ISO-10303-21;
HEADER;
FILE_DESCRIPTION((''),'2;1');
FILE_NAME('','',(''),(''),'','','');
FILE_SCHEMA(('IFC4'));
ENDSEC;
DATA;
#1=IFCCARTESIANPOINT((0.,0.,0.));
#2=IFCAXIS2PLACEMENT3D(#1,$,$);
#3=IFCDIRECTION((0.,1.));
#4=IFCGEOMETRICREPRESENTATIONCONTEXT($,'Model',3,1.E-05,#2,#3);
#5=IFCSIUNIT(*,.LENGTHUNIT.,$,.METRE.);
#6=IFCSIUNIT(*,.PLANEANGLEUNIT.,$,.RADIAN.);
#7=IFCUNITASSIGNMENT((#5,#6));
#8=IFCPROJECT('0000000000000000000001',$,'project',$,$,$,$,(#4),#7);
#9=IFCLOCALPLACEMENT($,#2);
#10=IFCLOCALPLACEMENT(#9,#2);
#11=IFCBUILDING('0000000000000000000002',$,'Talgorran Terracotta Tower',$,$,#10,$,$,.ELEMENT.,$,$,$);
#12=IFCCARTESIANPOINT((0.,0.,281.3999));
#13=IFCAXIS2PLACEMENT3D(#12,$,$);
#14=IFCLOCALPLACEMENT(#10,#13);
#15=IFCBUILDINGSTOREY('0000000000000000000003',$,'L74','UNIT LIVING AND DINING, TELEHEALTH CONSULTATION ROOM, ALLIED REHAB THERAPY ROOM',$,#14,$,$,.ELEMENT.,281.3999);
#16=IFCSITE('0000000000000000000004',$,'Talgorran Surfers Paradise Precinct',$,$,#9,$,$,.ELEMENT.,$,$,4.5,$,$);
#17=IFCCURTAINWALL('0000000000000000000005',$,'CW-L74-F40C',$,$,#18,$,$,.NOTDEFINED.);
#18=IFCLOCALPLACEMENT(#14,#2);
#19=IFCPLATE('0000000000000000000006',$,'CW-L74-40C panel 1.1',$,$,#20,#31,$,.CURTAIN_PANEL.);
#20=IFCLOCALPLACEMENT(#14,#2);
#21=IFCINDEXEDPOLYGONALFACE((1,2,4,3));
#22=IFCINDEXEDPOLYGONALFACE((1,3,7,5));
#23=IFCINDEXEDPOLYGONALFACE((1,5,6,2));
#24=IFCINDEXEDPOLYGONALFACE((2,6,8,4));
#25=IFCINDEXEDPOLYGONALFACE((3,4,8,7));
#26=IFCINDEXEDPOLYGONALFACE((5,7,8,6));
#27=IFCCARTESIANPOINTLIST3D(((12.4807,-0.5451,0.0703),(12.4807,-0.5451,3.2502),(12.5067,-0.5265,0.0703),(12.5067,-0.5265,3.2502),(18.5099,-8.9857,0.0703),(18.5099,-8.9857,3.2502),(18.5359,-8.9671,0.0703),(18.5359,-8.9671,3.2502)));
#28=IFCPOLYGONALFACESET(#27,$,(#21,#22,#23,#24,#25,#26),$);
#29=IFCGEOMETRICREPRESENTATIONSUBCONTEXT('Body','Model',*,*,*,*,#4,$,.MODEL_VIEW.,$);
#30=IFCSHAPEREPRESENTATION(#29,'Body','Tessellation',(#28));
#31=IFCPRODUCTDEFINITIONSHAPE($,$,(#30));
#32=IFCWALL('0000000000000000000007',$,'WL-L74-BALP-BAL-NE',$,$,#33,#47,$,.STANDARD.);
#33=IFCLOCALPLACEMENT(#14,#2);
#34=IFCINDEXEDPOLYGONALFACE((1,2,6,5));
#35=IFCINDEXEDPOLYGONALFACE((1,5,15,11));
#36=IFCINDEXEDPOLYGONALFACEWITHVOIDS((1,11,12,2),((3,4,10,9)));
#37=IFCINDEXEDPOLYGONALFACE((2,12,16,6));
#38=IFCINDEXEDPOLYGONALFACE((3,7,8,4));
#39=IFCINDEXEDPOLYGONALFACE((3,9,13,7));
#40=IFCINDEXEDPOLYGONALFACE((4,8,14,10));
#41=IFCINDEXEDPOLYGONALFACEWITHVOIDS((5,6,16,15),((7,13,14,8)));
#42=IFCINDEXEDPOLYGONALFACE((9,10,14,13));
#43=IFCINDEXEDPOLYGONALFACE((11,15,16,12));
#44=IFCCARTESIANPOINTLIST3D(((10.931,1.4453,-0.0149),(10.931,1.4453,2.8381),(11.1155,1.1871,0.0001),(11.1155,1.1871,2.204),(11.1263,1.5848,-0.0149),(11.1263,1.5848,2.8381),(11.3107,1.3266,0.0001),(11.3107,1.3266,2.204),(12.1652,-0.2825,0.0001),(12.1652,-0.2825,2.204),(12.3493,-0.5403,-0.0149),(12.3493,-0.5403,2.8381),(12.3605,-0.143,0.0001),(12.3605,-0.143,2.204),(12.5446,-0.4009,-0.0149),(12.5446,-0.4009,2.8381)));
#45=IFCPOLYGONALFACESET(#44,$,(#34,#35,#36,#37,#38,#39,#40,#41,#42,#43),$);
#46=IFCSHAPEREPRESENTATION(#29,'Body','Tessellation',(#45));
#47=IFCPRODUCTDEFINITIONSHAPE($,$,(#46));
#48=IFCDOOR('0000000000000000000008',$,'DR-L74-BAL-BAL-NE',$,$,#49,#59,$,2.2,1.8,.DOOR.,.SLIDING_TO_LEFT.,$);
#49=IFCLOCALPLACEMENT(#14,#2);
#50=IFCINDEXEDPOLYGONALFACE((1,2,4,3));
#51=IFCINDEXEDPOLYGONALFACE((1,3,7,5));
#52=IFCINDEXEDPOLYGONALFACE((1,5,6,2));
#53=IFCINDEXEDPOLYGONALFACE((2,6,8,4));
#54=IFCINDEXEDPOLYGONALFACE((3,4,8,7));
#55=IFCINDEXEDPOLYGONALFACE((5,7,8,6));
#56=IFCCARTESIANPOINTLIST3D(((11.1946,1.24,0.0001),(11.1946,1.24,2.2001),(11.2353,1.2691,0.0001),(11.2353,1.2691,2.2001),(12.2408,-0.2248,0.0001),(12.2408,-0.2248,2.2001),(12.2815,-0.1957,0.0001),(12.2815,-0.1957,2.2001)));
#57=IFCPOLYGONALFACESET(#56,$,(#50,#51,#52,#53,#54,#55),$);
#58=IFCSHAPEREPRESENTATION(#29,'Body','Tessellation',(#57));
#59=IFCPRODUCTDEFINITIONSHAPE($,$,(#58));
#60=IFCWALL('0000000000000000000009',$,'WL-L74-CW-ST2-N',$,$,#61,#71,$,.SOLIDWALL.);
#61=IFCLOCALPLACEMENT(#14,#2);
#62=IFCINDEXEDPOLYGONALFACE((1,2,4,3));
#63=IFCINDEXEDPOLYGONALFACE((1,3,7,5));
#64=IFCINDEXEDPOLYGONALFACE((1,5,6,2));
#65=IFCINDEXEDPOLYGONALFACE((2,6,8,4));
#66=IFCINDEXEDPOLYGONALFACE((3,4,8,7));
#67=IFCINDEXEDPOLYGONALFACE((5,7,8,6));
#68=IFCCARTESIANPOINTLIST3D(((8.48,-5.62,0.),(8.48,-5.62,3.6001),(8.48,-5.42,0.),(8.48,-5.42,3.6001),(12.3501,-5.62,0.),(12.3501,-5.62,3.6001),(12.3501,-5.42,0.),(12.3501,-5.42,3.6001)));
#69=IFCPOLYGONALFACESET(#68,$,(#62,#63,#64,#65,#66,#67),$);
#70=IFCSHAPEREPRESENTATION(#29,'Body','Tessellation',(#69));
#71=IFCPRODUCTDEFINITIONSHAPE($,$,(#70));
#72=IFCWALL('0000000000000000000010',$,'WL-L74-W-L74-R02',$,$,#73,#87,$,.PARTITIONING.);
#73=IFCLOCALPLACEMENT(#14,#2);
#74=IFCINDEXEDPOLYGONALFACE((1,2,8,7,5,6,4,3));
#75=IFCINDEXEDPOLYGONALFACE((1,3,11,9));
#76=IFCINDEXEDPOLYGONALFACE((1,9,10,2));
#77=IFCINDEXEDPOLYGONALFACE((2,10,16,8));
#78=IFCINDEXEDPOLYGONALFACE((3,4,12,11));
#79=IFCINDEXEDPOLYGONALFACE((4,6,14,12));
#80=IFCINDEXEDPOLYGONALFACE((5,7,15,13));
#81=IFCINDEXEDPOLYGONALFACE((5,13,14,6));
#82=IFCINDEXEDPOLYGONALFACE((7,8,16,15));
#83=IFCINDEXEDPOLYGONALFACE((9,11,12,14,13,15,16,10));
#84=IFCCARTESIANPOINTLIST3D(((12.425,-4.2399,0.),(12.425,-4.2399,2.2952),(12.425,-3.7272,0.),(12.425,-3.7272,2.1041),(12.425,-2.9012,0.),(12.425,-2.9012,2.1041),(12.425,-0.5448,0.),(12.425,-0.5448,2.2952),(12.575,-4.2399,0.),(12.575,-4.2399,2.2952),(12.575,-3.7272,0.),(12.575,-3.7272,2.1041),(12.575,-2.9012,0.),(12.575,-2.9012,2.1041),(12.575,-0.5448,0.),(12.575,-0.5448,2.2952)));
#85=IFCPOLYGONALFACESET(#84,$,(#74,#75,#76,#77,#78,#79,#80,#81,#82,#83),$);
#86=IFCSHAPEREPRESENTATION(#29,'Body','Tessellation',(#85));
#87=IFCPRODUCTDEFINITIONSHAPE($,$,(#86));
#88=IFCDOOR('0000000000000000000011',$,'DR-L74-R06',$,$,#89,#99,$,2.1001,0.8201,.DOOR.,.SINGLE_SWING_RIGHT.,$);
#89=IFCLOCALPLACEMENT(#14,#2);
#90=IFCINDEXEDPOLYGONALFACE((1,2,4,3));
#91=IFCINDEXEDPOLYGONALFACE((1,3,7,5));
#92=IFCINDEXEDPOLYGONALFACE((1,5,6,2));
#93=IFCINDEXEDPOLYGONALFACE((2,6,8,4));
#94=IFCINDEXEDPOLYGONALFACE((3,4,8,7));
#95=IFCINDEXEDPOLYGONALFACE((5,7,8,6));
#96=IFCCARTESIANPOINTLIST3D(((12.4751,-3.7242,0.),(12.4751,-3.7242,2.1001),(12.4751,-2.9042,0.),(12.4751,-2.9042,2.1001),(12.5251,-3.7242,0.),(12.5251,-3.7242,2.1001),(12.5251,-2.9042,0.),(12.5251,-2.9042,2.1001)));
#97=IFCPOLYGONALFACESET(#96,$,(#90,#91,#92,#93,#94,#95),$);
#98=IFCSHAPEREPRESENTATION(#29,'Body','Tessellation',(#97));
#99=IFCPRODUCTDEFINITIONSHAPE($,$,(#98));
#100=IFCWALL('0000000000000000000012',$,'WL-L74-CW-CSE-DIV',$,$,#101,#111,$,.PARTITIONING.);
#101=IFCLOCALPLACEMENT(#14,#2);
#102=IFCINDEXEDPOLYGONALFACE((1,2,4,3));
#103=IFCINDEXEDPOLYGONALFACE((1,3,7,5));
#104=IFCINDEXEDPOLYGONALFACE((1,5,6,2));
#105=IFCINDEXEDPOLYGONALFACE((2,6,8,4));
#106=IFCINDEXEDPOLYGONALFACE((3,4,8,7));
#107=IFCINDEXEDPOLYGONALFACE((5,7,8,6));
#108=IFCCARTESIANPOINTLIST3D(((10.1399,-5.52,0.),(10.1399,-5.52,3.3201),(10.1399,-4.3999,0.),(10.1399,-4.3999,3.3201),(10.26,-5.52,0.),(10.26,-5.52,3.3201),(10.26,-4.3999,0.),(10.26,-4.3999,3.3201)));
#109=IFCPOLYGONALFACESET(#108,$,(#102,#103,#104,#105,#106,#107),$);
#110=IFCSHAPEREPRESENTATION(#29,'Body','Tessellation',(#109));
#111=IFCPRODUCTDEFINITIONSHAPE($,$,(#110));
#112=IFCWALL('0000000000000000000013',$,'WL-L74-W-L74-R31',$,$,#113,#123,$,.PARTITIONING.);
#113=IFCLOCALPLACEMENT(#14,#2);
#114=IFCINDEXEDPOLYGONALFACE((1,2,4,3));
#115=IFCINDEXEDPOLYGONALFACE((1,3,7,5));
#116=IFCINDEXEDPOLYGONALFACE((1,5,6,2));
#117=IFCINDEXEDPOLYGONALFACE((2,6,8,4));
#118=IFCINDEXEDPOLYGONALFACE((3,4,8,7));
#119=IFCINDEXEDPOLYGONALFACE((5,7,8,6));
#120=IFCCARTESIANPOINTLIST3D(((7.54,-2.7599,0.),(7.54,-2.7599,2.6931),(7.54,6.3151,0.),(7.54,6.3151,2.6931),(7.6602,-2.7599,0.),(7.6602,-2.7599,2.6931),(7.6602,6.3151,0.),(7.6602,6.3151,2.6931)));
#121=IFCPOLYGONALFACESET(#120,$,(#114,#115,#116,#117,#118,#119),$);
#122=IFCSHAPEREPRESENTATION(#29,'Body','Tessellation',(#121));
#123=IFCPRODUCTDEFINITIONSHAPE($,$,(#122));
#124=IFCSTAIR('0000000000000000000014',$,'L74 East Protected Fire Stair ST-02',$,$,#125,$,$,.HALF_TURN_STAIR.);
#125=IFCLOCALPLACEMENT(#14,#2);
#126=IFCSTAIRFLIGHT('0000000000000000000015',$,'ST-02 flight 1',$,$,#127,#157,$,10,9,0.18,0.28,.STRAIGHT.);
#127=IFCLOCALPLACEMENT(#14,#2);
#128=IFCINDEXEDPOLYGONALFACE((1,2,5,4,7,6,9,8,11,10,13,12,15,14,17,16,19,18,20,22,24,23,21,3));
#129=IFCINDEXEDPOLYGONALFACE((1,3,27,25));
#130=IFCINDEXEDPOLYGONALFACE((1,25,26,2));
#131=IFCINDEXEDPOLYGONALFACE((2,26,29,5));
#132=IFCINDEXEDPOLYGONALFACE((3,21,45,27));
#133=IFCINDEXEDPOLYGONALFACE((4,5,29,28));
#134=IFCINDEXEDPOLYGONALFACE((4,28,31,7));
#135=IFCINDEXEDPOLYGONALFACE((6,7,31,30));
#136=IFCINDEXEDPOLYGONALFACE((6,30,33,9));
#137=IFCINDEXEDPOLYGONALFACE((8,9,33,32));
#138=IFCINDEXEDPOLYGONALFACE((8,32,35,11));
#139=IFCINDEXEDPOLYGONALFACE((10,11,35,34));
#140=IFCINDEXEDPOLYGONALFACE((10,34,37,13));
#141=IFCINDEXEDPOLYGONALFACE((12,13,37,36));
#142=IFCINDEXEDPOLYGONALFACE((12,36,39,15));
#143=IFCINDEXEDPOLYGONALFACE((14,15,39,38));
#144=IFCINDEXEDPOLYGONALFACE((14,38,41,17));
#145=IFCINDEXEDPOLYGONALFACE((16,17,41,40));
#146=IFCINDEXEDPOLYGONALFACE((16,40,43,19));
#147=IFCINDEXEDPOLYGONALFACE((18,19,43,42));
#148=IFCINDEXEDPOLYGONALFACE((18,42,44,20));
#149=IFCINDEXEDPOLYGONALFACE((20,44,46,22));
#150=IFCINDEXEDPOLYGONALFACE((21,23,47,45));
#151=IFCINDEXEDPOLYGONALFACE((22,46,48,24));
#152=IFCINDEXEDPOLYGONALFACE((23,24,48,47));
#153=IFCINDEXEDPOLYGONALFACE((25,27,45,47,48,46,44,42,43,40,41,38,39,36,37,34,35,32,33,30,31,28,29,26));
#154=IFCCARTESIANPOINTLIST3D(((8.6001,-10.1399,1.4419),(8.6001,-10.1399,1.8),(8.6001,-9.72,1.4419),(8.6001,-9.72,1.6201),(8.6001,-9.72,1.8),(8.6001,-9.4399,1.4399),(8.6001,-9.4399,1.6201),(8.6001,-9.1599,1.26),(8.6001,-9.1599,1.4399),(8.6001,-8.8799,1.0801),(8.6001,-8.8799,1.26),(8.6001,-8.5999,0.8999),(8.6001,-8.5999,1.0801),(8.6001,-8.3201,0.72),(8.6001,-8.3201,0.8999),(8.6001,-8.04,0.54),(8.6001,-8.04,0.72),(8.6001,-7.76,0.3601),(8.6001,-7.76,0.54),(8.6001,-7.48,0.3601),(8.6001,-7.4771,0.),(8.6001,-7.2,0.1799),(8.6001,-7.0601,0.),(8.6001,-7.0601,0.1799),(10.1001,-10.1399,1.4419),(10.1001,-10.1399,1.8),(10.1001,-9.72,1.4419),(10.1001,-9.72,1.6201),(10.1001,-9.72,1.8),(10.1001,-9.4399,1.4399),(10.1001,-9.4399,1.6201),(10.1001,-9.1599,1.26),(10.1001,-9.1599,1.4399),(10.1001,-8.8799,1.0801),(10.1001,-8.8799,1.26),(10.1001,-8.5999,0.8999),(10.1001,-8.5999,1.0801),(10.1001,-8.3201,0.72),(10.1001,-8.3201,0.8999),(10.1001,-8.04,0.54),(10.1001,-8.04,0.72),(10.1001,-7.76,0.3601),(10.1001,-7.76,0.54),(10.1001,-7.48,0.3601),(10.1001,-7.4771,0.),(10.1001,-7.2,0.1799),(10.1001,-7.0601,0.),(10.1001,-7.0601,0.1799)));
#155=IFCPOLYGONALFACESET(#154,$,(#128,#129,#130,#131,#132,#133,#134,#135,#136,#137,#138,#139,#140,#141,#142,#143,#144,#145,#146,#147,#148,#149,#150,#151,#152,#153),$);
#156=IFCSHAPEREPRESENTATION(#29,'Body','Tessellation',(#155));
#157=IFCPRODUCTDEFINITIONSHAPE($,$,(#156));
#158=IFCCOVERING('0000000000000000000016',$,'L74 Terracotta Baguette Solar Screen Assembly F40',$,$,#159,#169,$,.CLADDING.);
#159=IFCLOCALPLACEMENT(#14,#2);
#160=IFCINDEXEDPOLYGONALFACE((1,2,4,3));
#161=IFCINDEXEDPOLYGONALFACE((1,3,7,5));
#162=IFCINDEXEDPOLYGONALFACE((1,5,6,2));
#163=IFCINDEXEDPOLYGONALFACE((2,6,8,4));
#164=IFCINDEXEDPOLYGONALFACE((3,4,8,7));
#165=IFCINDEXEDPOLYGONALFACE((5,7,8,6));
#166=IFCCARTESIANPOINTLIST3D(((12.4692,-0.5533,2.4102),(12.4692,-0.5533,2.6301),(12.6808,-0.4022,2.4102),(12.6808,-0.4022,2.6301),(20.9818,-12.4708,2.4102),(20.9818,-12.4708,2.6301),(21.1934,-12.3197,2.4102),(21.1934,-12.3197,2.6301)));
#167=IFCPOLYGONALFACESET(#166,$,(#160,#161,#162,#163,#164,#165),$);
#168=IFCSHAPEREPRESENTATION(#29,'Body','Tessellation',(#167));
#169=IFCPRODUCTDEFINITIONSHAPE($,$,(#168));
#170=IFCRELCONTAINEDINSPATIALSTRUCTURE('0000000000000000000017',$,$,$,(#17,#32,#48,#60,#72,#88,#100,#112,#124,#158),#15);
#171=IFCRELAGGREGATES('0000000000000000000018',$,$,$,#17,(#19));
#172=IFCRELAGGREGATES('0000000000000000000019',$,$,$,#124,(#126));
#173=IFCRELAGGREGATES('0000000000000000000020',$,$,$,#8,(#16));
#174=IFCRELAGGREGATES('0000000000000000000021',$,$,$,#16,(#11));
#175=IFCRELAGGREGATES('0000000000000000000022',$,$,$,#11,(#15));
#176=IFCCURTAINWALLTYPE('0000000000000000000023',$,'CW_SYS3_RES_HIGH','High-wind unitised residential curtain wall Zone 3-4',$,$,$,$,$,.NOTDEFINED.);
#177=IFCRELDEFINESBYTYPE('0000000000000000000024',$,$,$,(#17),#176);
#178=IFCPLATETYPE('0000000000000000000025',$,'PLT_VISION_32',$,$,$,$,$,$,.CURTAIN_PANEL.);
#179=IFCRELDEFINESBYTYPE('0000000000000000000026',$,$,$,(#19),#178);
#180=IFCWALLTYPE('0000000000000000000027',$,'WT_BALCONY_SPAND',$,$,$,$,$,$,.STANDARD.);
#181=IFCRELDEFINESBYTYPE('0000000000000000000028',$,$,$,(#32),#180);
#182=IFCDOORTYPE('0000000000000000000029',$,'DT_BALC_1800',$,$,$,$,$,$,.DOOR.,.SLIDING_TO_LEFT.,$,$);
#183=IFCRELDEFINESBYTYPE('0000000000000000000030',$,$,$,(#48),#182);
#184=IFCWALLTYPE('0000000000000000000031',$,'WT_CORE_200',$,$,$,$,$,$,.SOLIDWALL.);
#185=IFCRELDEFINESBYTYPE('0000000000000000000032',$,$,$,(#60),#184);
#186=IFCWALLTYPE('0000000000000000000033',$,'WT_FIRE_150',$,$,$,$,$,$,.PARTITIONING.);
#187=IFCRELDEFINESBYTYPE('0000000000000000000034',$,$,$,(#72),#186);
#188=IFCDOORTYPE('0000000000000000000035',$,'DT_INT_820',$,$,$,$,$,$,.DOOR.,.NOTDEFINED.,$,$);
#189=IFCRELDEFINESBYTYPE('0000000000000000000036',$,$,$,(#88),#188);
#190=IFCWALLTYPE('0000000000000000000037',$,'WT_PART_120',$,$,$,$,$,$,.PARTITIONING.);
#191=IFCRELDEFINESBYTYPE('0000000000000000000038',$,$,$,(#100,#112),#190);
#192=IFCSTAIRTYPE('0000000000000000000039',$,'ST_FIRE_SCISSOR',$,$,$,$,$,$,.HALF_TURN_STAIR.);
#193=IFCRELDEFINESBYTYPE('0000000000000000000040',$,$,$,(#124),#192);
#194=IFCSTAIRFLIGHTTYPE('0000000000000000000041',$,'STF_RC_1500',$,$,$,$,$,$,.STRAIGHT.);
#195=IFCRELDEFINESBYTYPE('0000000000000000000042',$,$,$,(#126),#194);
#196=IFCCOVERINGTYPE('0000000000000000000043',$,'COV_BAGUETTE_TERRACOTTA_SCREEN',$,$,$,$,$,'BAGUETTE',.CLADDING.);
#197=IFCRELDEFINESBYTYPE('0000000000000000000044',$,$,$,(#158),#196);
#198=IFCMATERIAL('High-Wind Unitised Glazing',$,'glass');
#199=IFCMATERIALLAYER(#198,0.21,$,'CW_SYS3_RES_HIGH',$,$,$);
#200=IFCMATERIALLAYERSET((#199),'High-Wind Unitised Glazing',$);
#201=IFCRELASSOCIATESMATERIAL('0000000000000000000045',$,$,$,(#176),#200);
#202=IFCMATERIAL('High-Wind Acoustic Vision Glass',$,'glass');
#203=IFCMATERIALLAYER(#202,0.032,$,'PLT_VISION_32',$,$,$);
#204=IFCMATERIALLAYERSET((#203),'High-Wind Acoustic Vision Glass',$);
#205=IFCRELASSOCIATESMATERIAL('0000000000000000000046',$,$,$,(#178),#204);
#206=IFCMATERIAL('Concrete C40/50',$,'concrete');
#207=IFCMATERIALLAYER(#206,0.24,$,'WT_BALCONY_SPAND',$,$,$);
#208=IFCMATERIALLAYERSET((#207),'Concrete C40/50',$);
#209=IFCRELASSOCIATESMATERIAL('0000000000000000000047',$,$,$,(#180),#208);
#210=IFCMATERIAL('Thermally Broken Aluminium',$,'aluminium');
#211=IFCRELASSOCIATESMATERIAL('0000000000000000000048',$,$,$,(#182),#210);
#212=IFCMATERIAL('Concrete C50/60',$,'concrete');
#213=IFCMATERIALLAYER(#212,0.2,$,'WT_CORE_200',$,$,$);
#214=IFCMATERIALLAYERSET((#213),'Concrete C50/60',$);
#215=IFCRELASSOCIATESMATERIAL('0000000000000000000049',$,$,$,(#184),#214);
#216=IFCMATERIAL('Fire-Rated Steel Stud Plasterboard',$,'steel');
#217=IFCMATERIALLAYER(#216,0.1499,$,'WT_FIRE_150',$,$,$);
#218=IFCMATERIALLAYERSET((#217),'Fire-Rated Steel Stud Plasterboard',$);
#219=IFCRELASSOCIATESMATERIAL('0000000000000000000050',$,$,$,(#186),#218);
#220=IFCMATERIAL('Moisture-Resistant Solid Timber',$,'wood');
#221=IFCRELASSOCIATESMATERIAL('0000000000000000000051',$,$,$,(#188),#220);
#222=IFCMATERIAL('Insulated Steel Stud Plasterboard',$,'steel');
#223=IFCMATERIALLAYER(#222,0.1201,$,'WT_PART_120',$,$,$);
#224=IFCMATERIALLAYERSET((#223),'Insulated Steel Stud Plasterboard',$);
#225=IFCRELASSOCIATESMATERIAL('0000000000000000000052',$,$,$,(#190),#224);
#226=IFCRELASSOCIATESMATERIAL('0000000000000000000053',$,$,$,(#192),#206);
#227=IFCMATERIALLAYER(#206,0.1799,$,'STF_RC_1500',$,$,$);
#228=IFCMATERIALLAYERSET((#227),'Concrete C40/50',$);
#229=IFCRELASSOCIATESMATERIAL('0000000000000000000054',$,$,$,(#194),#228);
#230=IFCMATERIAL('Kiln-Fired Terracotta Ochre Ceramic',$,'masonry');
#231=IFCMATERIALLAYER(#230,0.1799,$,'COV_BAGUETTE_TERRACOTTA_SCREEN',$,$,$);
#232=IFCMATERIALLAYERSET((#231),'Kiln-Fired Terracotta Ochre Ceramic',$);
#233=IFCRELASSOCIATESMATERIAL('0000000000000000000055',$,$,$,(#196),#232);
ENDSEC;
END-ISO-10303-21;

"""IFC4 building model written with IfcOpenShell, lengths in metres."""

from ifc_helpers import new_model, si_unit, direction, frame, frame_2d, origin, origin_2d, place, context, subcontext, project, spatial, polyline, rectangle, outline, extrude, source, transform, mapped, material, layer, layer_set, type_object, type_shapes, element, fill, aggregate, save


model = new_model("IFC4")

# Units and contexts
model_context = context("Model", 3, precision=1e-05, world=origin(), true_north=direction((0.0, 1.0)))
body_context = subcontext(model_context, "Body", "Model", "MODEL_VIEW")
ifc_project = project(units=[si_unit("LENGTHUNIT", "METRE"), si_unit("PLANEANGLEUNIT", "RADIAN")], contexts=[model_context])

# Site, building, storey
site_placement = place(None, origin())
site = spatial("IfcSite", under=ifc_project, at=site_placement, Name="Talgorran Surfers Paradise Precinct", CompositionType="ELEMENT", RefElevation=4.5)
building_placement = place(site_placement, origin())
building = spatial("IfcBuilding", under=site, at=building_placement, Name="Talgorran Terracotta Tower", CompositionType="ELEMENT")
storey_placement = place(building_placement, frame((0.0, 0.0, 281.3999)))
storey = spatial("IfcBuildingStorey", under=building, at=storey_placement, Name="L74", Description="UNIT LIVING AND DINING, TELEHEALTH CONSULTATION ROOM, ALLIED REHAB THERAPY ROOM", CompositionType="ELEMENT", Elevation=281.3999)

# Curtain wall
ifc_material_1 = material(Name="High-Wind Unitised Glazing", Category="glass")
ifc_layer_1 = layer(ifc_material_1, 0.21, Name="CW_SYS3_RES_HIGH")
ifc_layer_set_1 = layer_set([ifc_layer_1], Name="High-Wind Unitised Glazing")
curtain_wall_type = type_object("IfcCurtainWallType", Name="CW_SYS3_RES_HIGH", Description="High-wind unitised residential curtain wall Zone 3-4", PredefinedType="NOTDEFINED", material=ifc_layer_set_1)
curtain_wall_1_placement = place(storey_placement, origin())
curtain_wall_1 = element("IfcCurtainWall", 1, at=curtain_wall_1_placement, inside=storey, type_object=curtain_wall_type, Name="CW-L74-F40C", PredefinedType="NOTDEFINED")

# Plate
ifc_material_2 = material(Name="High-Wind Acoustic Vision Glass", Category="glass")
ifc_layer_2 = layer(ifc_material_2, 0.032, Name="PLT_VISION_32")
ifc_layer_set_2 = layer_set([ifc_layer_2], Name="High-Wind Acoustic Vision Glass")
plate_type = type_object("IfcPlateType", Name="PLT_VISION_32", PredefinedType="CURTAIN_PANEL", material=ifc_layer_set_2)
shared_shape = source(origin(), body_context, "Body", "SweptSolid", [
    extrude(rectangle(XDim=10.3728, YDim=0.032, at=origin_2d()), origin(), (0.0, 0.0, 1.0), 3.1799),
])
type_shapes(plate_type, [shared_shape])
plate_placement = place(storey_placement, frame((15.5083, -4.7561, 0.0703), z_axis=(0.0, 0.0, 1.0), x_axis=(-0.581249, 0.813726, 0.0)))
plate = element("IfcPlate", 2, at=plate_placement, type_object=plate_type, Name="CW-L74-40C panel 1.1", PredefinedType="CURTAIN_PANEL", context=body_context, shape_type="MappedRepresentation", body=[
    mapped(shared_shape, transform((0.0, 0.0, 0.0), scale=1.0)),
])
aggregate(curtain_wall_1, [plate])

# Wall, opening, door
ifc_material_3 = material(Name="Concrete C40/50", Category="concrete")
ifc_layer_3 = layer(ifc_material_3, 0.24, Name="WT_BALCONY_SPAND")
ifc_layer_set_3 = layer_set([ifc_layer_3], Name="Concrete C40/50")
wall_type_1 = type_object("IfcWallType", Name="WT_BALCONY_SPAND", PredefinedType="STANDARD", material=ifc_layer_set_3)
wall_1_placement = place(storey_placement, frame((12.447, -0.4707, -0.0149), z_axis=(0.0, 0.0, 1.0), x_axis=(-0.581219, 0.813747, 0.0)))
wall_1 = element("IfcWall", 3, at=wall_1_placement, inside=storey, type_object=wall_type_1, Name="WL-L74-BALP-BAL-NE", PredefinedType="STANDARD", context=body_context, shape_type="SweptSolid", body=[
    extrude(rectangle(XDim=2.4402, YDim=0.24, at=frame_2d((1.2202, 0.0))), origin(), (0.0, 0.0, 1.0), 2.853),
])
opening_1_placement = place(wall_1_placement, frame((0.3201, 0.0, 0.0149)))
opening_1 = element("IfcOpeningElement", 4, at=opening_1_placement, cuts=wall_1, PredefinedType="OPENING", context=body_context, shape_type="SweptSolid", body=[
    extrude(rectangle(XDim=1.806, YDim=2.204, at=frame_2d((0.8999, 1.1021))), frame((0.0, 0.1299, 0.0), z_axis=(0.0, -1.0, 0.0), x_axis=(1.0, 0.0, 0.0)), (0.0, 0.0, 1.0), 0.26),
])
ifc_material_4 = material(Name="Thermally Broken Aluminium", Category="aluminium")
door_type_1 = type_object("IfcDoorType", Name="DT_BALC_1800", OperationType="SLIDING_TO_LEFT", PredefinedType="DOOR", material=ifc_material_4)
door_1_placement = place(opening_1_placement, origin())
door_1 = element("IfcDoor", 5, at=door_1_placement, inside=storey, type_object=door_type_1, Name="DR-L74-BAL-BAL-NE", OperationType="SLIDING_TO_LEFT", OverallHeight=2.2, OverallWidth=1.8, PredefinedType="DOOR", context=body_context, shape_type="SweptSolid", body=[
    extrude(rectangle(XDim=1.8, YDim=2.2, at=frame_2d((0.8999, 1.1001))), frame((0.0, 0.0249, 0.0), z_axis=(0.0, -1.0, 0.0), x_axis=(1.0, 0.0, 0.0)), (0.0, 0.0, 1.0), 0.05),
])
fill(opening_1, door_1)

# Wall
ifc_material_5 = material(Name="Concrete C50/60", Category="concrete")
ifc_layer_4 = layer(ifc_material_5, 0.2, Name="WT_CORE_200")
ifc_layer_set_4 = layer_set([ifc_layer_4], Name="Concrete C50/60")
wall_type_2 = type_object("IfcWallType", Name="WT_CORE_200", PredefinedType="SOLIDWALL", material=ifc_layer_set_4)
wall_2_placement = place(storey_placement, frame((8.48, -5.52, 0.0), z_axis=(0.0, 0.0, 1.0), x_axis=(1.0, 0.0, 0.0)))
element("IfcWall", 6, at=wall_2_placement, inside=storey, type_object=wall_type_2, Name="WL-L74-CW-ST2-N", PredefinedType="SOLIDWALL", context=body_context, shape_type="SweptSolid", body=[
    extrude(rectangle(XDim=3.8701, YDim=0.2, at=frame_2d((1.9351, 0.0))), origin(), (0.0, 0.0, 1.0), 3.6001),
])

# Wall, opening, door
ifc_material_6 = material(Name="Fire-Rated Steel Stud Plasterboard", Category="steel")
ifc_layer_5 = layer(ifc_material_6, 0.1499, Name="WT_FIRE_150")
ifc_layer_set_5 = layer_set([ifc_layer_5], Name="Fire-Rated Steel Stud Plasterboard")
wall_type_3 = type_object("IfcWallType", Name="WT_FIRE_150", PredefinedType="PARTITIONING", material=ifc_layer_set_5)
wall_3_placement = place(storey_placement, frame((12.5, -4.24, 0.0), z_axis=(0.0, 0.0, 1.0), x_axis=(0.0, 1.0, 0.0)))
wall_3 = element("IfcWall", 7, at=wall_3_placement, inside=storey, type_object=wall_type_3, Name="WL-L74-W-L74-R02", PredefinedType="PARTITIONING", context=body_context, shape_type="SweptSolid", body=[
    extrude(rectangle(XDim=3.6951, YDim=0.1499, at=frame_2d((1.8477, 0.0))), origin(), (0.0, 0.0, 1.0), 2.2952),
])
opening_2_placement = place(wall_3_placement, frame((0.5156, 0.0, 0.0)))
opening_2 = element("IfcOpeningElement", 8, at=opening_2_placement, cuts=wall_3, PredefinedType="OPENING", context=body_context, shape_type="SweptSolid", body=[
    extrude(rectangle(XDim=0.8261, YDim=2.1041, at=frame_2d((0.4102, 1.052))), frame((0.0, 0.085, 0.0), z_axis=(0.0, -1.0, 0.0), x_axis=(1.0, 0.0, 0.0)), (0.0, 0.0, 1.0), 0.1699),
])
ifc_material_7 = material(Name="Moisture-Resistant Solid Timber", Category="wood")
door_type_2 = type_object("IfcDoorType", Name="DT_INT_820", OperationType="NOTDEFINED", PredefinedType="DOOR", material=ifc_material_7)
door_2_placement = place(opening_2_placement, origin())
door_2 = element("IfcDoor", 9, at=door_2_placement, inside=storey, type_object=door_type_2, Name="DR-L74-R06", OperationType="SINGLE_SWING_RIGHT", OverallHeight=2.1001, OverallWidth=0.8201, PredefinedType="DOOR", context=body_context, shape_type="SweptSolid", body=[
    extrude(rectangle(XDim=0.8201, YDim=2.1001, at=frame_2d((0.4102, 1.05))), frame((0.0, 0.0249, 0.0), z_axis=(0.0, -1.0, 0.0), x_axis=(1.0, 0.0, 0.0)), (0.0, 0.0, 1.0), 0.05),
])
fill(opening_2, door_2)

# Walls
ifc_material_8 = material(Name="Insulated Steel Stud Plasterboard", Category="steel")
ifc_layer_6 = layer(ifc_material_8, 0.1201, Name="WT_PART_120")
ifc_layer_set_6 = layer_set([ifc_layer_6], Name="Insulated Steel Stud Plasterboard")
wall_type_4 = type_object("IfcWallType", Name="WT_PART_120", PredefinedType="PARTITIONING", material=ifc_layer_set_6)
wall_4_placement = place(storey_placement, frame((10.2, -5.52, 0.0), z_axis=(0.0, 0.0, 1.0), x_axis=(0.0, 1.0, 0.0)))
element("IfcWall", 10, at=wall_4_placement, inside=storey, type_object=wall_type_4, Name="WL-L74-CW-CSE-DIV", PredefinedType="PARTITIONING", context=body_context, shape_type="SweptSolid", body=[
    extrude(rectangle(XDim=1.1201, YDim=0.1201, at=frame_2d((0.5601, 0.0))), origin(), (0.0, 0.0, 1.0), 3.3201),
])
wall_5_placement = place(storey_placement, frame((7.6001, -2.76, 0.0), z_axis=(0.0, 0.0, 1.0), x_axis=(0.0, 1.0, 0.0)))
element("IfcWall", 11, at=wall_5_placement, inside=storey, type_object=wall_type_4, Name="WL-L74-W-L74-R31", PredefinedType="PARTITIONING", context=body_context, shape_type="SweptSolid", body=[
    extrude(rectangle(XDim=9.075, YDim=0.1201, at=frame_2d((4.5376, 0.0))), origin(), (0.0, 0.0, 1.0), 2.6931),
])

# Stair, stair flight
stair_type = type_object("IfcStairType", Name="ST_FIRE_SCISSOR", PredefinedType="HALF_TURN_STAIR", material=ifc_material_3)
stair_placement = place(storey_placement, origin())
stair = element("IfcStair", 12, at=stair_placement, inside=storey, type_object=stair_type, Name="L74 East Protected Fire Stair ST-02", PredefinedType="HALF_TURN_STAIR")
ifc_layer_7 = layer(ifc_material_3, 0.1799, Name="STF_RC_1500")
ifc_layer_set_7 = layer_set([ifc_layer_7], Name="Concrete C40/50")
stair_flight_type = type_object("IfcStairFlightType", Name="STF_RC_1500", PredefinedType="STRAIGHT", material=ifc_layer_set_7)
stair_flight_placement = place(storey_placement, frame((9.3501, -7.2, 0.0), z_axis=(0.0, 0.0, 1.0), x_axis=(0.0, -1.0, 0.0)))
stair_flight = element("IfcStairFlight", 13, at=stair_flight_placement, type_object=stair_flight_type, Name="ST-02 flight 1", NumberOfRisers=10, NumberOfTreads=9, PredefinedType="STRAIGHT", RiserHeight=0.18, TreadLength=0.28, context=body_context, shape_type="SweptSolid", body=[
    extrude(outline(polyline([(-0.1399, 0.0), (-0.1399, 0.1799), (0.0, 0.1799), (0.28, 0.3601), (0.5601, 0.3601), (0.5601, 0.54), (0.8401, 0.54), (0.8401, 0.72), (1.1201, 0.72), (1.1201, 0.8999), (1.3999, 0.8999), (1.3999, 1.0801), (1.6799, 1.0801), (1.6799, 1.26), (1.96, 1.26), (1.96, 1.4399), (2.24, 1.4399), (2.24, 1.6201), (2.52, 1.6201), (2.52, 1.8), (2.9399, 1.8), (2.9399, 1.4419), (2.52, 1.4419), (0.2771, 0.0), (-0.1399, 0.0)])), frame((0.0, 0.75, 0.0), z_axis=(0.0, -1.0, 0.0), x_axis=(1.0, 0.0, 0.0)), (0.0, 0.0, 1.0), 1.5),
])
aggregate(stair, [stair_flight])

# Covering
ifc_material_9 = material(Name="Kiln-Fired Terracotta Ochre Ceramic", Category="masonry")
ifc_layer_8 = layer(ifc_material_9, 0.1799, Name="COV_BAGUETTE_TERRACOTTA_SCREEN")
ifc_layer_set_8 = layer_set([ifc_layer_8], Name="Kiln-Fired Terracotta Ochre Ceramic")
covering_type_1 = type_object("IfcCoveringType", Name="COV_BAGUETTE_TERRACOTTA_SCREEN", ElementType="BAGUETTE", PredefinedType="CLADDING", material=ifc_layer_set_8)
covering_1_placement = place(storey_placement, frame((16.8313, -6.4365, 2.4102), z_axis=(0.0, 0.0, 1.0), x_axis=(-0.581243, 0.81373, 0.0)))
element("IfcCovering", 14, at=covering_1_placement, inside=storey, type_object=covering_type_1, Name="L74 Terracotta Baguette Solar Screen Assembly F40", PredefinedType="CLADDING", context=body_context, shape_type="SweptSolid", body=[
    extrude(rectangle(XDim=14.6455, YDim=0.26, at=origin_2d()), origin(), (0.0, 0.0, 1.0), 0.22),
])

save(model, "model.ifc")
